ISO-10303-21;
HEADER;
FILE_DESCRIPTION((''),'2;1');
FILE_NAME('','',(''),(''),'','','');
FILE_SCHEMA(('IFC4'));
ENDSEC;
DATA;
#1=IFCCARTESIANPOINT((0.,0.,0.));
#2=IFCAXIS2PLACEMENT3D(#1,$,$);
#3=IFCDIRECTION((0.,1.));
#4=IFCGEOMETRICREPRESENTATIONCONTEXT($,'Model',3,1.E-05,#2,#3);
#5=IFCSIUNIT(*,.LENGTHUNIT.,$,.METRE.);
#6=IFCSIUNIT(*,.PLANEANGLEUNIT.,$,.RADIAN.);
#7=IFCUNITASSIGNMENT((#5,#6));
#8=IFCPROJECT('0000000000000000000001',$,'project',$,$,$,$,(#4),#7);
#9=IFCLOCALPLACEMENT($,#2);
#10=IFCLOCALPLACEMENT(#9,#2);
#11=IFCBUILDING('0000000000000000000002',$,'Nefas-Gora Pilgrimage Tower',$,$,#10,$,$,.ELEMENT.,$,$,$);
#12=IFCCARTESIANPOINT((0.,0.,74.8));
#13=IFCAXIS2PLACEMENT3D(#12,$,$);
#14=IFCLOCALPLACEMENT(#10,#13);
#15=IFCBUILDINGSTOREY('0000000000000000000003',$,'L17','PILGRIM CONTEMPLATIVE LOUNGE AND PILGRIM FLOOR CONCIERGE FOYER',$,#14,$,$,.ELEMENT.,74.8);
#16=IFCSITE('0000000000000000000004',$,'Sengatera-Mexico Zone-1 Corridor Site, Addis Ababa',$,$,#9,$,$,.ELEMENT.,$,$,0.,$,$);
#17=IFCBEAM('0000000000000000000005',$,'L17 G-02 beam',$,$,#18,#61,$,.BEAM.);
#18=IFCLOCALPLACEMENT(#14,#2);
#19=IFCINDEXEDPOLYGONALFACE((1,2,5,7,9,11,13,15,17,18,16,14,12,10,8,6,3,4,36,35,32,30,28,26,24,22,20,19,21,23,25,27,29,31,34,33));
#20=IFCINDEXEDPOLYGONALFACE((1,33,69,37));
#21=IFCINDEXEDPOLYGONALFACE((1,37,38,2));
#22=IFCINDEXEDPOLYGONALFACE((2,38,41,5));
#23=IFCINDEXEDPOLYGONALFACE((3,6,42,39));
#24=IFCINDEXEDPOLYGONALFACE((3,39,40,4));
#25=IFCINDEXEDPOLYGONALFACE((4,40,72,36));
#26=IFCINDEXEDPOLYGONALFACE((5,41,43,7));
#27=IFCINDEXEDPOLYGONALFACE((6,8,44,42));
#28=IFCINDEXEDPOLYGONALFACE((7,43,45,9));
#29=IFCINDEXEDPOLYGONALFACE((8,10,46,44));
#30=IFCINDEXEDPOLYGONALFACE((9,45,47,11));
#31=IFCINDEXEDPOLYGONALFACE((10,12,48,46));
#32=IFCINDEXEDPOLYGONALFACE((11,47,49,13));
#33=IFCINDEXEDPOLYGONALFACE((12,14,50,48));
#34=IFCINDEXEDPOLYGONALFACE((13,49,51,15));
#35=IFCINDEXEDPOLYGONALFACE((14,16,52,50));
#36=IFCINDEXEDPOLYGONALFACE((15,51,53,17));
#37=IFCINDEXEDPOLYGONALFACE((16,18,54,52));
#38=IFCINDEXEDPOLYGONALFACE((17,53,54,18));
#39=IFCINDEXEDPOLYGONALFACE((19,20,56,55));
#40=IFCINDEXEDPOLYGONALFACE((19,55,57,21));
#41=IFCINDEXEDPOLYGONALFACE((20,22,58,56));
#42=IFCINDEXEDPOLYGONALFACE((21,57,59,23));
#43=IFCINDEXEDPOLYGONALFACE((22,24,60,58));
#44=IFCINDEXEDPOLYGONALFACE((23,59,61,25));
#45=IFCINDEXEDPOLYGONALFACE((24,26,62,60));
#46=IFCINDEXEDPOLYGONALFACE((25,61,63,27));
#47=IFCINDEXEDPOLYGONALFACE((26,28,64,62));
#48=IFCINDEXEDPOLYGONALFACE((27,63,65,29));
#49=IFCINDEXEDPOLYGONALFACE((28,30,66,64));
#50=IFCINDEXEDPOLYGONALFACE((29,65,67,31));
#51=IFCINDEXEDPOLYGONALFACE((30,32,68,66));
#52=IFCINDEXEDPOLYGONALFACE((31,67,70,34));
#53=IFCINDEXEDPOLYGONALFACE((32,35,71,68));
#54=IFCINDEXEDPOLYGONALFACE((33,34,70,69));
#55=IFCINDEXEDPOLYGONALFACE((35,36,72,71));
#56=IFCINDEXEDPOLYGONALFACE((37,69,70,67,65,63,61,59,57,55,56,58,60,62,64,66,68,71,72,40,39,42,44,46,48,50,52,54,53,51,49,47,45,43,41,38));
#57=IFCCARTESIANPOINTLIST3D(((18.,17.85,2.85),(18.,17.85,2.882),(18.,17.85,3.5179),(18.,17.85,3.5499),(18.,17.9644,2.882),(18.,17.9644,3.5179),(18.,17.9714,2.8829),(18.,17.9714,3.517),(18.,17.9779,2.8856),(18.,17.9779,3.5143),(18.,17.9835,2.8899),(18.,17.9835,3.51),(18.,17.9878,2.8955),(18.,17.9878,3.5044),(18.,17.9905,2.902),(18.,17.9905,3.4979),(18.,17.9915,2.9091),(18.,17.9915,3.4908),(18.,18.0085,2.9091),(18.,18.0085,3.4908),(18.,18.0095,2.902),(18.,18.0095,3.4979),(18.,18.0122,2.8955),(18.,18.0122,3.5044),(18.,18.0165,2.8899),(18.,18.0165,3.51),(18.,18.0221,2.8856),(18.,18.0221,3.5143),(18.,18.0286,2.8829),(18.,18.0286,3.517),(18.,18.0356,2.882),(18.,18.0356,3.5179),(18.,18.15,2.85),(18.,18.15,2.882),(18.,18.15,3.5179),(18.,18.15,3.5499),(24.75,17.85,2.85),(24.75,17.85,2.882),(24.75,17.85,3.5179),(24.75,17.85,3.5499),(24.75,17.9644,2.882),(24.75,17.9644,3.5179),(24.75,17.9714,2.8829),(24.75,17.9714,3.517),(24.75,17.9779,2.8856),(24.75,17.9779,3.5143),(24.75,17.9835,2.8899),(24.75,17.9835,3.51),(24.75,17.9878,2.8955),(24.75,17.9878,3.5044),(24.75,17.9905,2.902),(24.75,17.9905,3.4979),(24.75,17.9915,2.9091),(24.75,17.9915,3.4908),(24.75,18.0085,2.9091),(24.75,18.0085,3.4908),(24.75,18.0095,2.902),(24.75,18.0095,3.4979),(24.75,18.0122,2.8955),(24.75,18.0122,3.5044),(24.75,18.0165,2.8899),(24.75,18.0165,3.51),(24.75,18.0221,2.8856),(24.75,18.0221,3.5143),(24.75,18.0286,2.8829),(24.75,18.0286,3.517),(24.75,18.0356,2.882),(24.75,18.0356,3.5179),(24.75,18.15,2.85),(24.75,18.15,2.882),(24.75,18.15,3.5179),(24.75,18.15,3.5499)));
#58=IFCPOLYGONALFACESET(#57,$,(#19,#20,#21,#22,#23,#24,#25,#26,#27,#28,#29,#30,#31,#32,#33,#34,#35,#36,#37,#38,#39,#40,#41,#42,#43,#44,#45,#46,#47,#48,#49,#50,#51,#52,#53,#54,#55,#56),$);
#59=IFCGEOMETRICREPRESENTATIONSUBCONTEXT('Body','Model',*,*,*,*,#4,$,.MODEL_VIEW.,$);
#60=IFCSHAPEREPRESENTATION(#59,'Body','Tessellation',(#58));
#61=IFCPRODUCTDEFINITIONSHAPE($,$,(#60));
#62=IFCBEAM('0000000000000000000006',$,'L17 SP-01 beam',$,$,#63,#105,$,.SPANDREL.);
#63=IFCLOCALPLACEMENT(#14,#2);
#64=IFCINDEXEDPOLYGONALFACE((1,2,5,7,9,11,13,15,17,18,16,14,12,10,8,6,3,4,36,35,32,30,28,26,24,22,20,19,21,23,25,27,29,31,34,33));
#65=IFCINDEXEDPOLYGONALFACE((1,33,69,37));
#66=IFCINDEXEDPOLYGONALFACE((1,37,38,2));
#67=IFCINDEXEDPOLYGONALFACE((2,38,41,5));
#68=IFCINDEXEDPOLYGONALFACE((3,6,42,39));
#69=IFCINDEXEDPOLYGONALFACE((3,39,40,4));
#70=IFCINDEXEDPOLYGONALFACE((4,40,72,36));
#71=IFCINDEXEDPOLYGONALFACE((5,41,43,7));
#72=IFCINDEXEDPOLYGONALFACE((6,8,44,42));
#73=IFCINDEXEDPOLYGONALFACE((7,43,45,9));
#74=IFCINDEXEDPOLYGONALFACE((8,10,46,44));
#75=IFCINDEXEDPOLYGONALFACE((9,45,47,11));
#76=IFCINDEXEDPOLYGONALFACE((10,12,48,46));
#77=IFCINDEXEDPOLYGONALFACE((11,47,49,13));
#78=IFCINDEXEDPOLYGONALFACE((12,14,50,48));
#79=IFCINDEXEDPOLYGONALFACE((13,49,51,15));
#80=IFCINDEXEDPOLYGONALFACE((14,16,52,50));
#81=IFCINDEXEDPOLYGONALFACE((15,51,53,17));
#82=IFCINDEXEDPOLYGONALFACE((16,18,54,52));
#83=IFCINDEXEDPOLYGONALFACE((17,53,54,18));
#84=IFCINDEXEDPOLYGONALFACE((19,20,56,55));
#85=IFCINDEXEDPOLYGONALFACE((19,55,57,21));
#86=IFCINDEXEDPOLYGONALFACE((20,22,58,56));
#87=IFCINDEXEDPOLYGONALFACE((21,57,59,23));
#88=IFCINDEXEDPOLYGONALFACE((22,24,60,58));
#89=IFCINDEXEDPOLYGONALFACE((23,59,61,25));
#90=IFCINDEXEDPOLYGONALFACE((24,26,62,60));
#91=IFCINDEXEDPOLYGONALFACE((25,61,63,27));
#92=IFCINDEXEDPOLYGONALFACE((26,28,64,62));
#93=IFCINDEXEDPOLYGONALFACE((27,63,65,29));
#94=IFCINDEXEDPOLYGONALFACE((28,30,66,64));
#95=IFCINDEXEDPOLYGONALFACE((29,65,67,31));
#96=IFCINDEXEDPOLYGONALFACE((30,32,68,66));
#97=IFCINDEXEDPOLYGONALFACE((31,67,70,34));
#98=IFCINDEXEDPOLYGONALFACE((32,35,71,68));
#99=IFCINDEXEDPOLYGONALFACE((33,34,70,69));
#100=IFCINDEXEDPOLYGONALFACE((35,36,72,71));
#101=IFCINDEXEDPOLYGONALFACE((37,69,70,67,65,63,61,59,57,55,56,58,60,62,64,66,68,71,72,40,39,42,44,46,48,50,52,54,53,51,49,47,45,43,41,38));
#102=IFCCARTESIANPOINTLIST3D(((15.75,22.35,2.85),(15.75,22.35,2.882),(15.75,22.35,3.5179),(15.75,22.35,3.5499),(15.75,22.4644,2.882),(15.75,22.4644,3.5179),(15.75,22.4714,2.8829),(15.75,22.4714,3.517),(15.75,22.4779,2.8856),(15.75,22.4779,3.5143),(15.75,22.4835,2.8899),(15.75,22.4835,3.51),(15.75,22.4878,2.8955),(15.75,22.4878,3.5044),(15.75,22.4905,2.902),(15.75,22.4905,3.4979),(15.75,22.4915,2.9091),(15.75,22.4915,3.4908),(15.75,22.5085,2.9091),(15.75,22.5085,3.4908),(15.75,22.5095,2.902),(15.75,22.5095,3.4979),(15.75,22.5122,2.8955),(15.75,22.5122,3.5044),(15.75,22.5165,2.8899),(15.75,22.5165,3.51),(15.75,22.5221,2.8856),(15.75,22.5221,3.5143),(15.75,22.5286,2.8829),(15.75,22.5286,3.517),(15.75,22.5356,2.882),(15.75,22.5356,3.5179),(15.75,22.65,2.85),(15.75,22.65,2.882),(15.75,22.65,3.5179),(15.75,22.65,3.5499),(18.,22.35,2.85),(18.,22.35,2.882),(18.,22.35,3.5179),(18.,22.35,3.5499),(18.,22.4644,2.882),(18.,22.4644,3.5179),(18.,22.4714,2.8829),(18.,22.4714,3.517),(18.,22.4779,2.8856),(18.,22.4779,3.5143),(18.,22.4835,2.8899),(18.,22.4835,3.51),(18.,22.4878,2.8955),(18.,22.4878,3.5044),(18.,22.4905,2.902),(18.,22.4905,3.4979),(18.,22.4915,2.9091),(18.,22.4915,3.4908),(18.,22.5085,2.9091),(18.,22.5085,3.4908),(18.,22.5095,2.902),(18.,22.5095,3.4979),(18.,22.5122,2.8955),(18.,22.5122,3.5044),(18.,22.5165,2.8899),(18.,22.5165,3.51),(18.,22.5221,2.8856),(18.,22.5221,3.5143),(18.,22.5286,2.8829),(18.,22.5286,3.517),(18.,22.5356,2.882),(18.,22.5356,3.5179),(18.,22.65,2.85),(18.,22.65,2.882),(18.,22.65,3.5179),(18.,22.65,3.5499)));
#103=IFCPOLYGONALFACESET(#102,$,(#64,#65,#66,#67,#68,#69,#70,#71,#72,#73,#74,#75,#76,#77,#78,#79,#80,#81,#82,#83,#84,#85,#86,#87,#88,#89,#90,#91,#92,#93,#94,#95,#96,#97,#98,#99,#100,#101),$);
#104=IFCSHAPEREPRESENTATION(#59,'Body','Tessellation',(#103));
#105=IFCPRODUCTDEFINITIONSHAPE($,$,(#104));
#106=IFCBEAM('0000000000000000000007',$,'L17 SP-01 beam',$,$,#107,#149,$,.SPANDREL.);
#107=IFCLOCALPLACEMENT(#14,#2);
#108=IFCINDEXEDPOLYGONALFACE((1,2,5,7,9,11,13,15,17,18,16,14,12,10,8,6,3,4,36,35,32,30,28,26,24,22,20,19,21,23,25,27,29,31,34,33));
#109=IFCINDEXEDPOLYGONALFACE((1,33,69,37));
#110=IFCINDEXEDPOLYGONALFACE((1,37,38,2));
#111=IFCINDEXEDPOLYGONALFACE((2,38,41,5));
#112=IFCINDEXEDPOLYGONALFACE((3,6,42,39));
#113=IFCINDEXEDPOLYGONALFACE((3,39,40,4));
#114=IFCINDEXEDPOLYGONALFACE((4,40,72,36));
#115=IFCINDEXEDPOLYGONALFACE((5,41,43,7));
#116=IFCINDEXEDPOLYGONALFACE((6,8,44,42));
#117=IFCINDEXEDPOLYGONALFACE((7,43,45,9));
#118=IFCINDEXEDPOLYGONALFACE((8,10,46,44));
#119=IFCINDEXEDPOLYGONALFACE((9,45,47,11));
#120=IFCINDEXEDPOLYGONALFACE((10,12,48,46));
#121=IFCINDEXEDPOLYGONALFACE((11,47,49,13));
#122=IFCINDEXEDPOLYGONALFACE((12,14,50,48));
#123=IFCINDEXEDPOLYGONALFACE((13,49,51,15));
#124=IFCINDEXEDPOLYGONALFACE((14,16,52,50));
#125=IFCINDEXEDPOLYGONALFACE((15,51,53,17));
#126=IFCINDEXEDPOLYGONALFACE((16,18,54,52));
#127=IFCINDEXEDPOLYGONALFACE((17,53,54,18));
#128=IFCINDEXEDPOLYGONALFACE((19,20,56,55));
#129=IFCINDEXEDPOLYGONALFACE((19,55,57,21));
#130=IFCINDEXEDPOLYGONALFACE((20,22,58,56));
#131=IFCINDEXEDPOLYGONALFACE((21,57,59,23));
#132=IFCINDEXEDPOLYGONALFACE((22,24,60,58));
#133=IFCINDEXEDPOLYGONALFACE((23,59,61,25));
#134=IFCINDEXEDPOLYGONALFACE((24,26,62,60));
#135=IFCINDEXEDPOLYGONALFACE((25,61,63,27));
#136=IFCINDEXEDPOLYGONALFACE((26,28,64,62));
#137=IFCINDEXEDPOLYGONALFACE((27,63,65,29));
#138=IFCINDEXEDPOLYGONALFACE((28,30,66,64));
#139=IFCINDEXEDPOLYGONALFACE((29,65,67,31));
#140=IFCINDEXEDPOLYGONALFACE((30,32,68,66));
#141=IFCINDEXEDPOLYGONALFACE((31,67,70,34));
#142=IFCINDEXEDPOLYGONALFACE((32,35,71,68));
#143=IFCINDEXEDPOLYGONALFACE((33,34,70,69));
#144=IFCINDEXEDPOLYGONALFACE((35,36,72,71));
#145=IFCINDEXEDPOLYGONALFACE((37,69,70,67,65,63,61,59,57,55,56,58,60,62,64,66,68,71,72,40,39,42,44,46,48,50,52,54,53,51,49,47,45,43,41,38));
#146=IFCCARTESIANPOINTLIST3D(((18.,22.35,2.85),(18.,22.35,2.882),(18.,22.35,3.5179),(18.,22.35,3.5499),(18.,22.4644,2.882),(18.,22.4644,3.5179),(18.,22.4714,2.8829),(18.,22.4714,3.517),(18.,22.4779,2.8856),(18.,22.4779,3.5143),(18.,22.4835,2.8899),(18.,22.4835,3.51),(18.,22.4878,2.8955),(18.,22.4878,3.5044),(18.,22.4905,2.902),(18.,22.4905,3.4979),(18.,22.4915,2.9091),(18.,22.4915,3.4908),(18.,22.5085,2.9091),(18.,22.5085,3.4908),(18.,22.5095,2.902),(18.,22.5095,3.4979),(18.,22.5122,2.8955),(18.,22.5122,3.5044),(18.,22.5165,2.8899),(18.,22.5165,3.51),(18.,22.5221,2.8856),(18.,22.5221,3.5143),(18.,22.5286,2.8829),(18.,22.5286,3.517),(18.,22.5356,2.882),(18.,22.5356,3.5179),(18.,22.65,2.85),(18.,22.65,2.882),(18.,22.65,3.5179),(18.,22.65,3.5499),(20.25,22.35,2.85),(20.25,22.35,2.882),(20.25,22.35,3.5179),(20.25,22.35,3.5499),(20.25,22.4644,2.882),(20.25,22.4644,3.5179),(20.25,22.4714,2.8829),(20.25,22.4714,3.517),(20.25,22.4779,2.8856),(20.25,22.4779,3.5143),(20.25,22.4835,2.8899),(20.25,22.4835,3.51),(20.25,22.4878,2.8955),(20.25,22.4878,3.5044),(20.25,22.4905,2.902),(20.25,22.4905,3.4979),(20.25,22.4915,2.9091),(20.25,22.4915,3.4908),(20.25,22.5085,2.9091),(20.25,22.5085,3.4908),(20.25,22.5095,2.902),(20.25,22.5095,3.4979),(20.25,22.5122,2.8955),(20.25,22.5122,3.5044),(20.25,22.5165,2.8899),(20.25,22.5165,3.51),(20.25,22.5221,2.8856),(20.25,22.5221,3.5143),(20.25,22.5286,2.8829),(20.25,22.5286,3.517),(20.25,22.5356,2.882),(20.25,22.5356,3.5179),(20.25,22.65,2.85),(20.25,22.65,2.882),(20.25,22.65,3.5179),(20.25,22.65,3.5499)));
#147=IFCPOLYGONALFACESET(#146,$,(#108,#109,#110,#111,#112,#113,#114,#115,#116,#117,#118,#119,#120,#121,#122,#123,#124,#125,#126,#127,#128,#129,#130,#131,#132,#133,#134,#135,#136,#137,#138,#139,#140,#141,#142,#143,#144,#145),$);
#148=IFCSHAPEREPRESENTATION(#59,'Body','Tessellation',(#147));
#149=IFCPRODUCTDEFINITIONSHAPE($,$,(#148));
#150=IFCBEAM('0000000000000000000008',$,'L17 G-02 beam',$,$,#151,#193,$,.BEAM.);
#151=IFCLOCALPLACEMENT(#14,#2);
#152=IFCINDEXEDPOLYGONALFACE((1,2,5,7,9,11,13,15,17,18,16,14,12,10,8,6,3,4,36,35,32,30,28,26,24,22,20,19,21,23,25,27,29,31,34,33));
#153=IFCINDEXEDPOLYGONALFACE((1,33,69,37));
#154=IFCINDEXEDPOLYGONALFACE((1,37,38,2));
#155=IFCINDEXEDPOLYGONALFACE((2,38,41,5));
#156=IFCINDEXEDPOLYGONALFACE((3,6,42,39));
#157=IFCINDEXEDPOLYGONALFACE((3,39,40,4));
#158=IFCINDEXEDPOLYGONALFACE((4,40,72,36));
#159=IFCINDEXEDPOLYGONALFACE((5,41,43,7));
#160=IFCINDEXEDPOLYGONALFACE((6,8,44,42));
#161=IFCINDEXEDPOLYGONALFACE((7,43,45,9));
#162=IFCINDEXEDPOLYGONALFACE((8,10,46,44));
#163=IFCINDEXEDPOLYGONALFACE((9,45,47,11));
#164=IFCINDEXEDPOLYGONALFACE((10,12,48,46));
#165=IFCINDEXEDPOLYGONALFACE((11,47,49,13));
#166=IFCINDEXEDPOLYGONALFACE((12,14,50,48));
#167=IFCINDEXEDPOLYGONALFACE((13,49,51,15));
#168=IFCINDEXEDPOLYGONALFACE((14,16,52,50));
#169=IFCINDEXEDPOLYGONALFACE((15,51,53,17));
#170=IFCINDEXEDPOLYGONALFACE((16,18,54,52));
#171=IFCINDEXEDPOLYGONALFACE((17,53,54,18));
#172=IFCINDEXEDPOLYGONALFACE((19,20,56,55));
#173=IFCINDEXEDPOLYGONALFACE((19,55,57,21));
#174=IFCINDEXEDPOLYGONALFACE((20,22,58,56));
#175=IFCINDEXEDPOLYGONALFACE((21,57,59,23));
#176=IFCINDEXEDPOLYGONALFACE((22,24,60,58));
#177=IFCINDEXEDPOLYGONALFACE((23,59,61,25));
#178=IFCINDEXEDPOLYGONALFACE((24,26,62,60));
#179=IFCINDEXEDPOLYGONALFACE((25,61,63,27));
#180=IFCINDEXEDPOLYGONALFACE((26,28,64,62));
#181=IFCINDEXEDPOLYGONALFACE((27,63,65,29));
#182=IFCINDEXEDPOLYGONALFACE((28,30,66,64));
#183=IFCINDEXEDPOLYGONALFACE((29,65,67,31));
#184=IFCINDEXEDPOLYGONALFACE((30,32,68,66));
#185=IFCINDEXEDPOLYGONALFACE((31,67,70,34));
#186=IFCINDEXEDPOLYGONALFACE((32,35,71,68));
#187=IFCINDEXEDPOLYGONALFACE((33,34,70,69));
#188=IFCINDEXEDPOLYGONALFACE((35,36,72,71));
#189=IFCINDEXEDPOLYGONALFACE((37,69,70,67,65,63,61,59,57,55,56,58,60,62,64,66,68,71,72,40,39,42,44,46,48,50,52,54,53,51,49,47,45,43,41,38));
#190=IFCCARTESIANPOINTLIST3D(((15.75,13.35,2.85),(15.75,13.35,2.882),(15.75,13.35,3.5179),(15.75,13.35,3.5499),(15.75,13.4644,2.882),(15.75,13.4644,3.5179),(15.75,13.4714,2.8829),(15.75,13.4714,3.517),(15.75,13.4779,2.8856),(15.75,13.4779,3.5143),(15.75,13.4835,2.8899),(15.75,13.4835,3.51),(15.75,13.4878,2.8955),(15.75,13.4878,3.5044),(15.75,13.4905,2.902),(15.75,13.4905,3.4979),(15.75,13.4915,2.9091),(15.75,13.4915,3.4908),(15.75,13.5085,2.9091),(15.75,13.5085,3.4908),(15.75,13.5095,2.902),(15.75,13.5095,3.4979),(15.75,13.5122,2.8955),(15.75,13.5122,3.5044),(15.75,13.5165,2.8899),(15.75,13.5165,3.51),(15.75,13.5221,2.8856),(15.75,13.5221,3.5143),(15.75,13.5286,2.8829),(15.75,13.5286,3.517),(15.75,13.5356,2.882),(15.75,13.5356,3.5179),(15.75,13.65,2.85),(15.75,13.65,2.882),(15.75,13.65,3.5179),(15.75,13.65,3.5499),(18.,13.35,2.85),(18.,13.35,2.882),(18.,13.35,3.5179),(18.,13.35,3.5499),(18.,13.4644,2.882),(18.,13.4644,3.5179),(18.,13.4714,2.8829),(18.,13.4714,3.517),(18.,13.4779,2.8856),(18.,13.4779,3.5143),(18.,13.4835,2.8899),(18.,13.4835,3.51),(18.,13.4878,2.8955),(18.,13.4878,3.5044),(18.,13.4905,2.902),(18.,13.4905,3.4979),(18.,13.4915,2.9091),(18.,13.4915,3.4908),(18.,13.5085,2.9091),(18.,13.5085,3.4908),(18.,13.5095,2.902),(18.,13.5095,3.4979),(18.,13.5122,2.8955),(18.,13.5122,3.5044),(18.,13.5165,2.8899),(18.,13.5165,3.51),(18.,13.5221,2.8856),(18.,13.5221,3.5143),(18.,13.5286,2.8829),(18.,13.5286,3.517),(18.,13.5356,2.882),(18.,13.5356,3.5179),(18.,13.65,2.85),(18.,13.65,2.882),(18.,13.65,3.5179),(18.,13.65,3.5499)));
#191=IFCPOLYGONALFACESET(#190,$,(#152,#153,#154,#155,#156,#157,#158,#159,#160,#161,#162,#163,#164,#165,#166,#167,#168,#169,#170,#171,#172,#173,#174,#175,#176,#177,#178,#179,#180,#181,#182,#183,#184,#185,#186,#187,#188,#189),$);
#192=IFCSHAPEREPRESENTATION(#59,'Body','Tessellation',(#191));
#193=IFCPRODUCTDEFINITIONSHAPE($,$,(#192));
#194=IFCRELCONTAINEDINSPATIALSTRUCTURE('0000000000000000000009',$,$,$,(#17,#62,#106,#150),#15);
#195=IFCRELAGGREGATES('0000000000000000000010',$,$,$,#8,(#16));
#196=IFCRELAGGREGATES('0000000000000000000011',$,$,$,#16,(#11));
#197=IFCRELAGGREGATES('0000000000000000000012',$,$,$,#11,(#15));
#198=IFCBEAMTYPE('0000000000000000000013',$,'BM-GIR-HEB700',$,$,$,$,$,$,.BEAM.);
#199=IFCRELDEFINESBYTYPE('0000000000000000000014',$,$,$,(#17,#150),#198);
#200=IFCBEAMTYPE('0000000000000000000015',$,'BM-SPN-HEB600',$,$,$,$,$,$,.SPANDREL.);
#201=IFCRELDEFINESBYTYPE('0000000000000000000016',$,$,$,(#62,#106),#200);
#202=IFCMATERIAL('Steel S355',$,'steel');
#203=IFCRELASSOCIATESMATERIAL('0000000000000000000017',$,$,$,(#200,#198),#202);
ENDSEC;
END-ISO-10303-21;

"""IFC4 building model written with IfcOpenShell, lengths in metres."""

from ifc_helpers import new_model, si_unit, direction, frame, origin, origin_2d, place, context, subcontext, project, spatial, i_section, extrude, source, transform, mapped, material, material_profile, profile_set, type_object, element, save


model = new_model("IFC4")

# Units and contexts
model_context = context("Model", 3, precision=1e-05, world=origin(), true_north=direction((0.0, 1.0)))
body_context = subcontext(model_context, "Body", "Model", "MODEL_VIEW")
ifc_project = project(units=[si_unit("LENGTHUNIT", "METRE"), si_unit("PLANEANGLEUNIT", "RADIAN")], contexts=[model_context])

# Site, building, storey
site_placement = place(None, origin())
site = spatial("IfcSite", under=ifc_project, at=site_placement, Name="Sengatera-Mexico Zone-1 Corridor Site, Addis Ababa", CompositionType="ELEMENT", RefElevation=0.0)
building_placement = place(site_placement, origin())
building = spatial("IfcBuilding", under=site, at=building_placement, Name="Nefas-Gora Pilgrimage Tower", CompositionType="ELEMENT")
storey_placement = place(building_placement, frame((0.0, 0.0, 74.8)))
storey = spatial("IfcBuildingStorey", under=building, at=storey_placement, Name="L17", Description="PILGRIM CONTEMPLATIVE LOUNGE AND PILGRIM FLOOR CONCIERGE FOYER", CompositionType="ELEMENT", Elevation=74.8)

# Beams
ifc_material_1 = material(Name="Steel S355", Category="steel")
ifc_material_profile_1 = material_profile(ifc_material_1, i_section(OverallWidth=0.3, OverallDepth=0.7, WebThickness=0.0171, FlangeThickness=0.032, FilletRadius=0.0271, at=origin_2d()), Name="HEB 700")
ifc_profile_set_1 = profile_set([ifc_material_profile_1], Name="Steel S355")
beam_type_1 = type_object("IfcBeamType", Name="BM-SPN-HEB600", PredefinedType="SPANDREL", material=ifc_profile_set_1)
ifc_material_profile_2 = material_profile(ifc_material_1, i_section(OverallWidth=0.3, OverallDepth=0.7, WebThickness=0.0171, FlangeThickness=0.032, FilletRadius=0.0271, at=origin_2d()), Name="HEB 700")
ifc_profile_set_2 = profile_set([ifc_material_profile_2], Name="Steel S355")
beam_type_2 = type_object("IfcBeamType", Name="BM-GIR-HEB700", PredefinedType="BEAM", material=ifc_profile_set_2)
shared_shape_1 = source(origin(), body_context, "Body", "SweptSolid", [
    extrude(i_section(OverallWidth=0.3, OverallDepth=0.7, WebThickness=0.0171, FlangeThickness=0.032, FilletRadius=0.0271, at=origin_2d()), origin(), (0.0, 0.0, 1.0), 6.75),
])
for number, where, z_axis, x_axis, name in (
    (1, (18.0, 18.0, 3.2), (1.0, 0.0, 0.0), (0.0, 1.0, 0.0), "L17 G-02 beam"),
):
    element("IfcBeam", number, at=place(storey_placement, frame(where, z_axis=z_axis, x_axis=x_axis)), inside=storey, type_object=beam_type_2, Name=name, PredefinedType="BEAM", context=body_context, shape_type="MappedRepresentation", body=[
        mapped(shared_shape_1, transform((0.0, 0.0, 0.0), x_axis=(1.0, 0.0, 0.0), y_axis=(0.0, 1.0, 0.0), z_axis=(0.0, 0.0, 1.0), scale=1.0)),
    ])
shared_shape_2 = source(origin(), body_context, "Body", "SweptSolid", [
    extrude(i_section(OverallWidth=0.3, OverallDepth=0.7, WebThickness=0.0171, FlangeThickness=0.032, FilletRadius=0.0271, at=origin_2d()), origin(), (0.0, 0.0, 1.0), 2.25),
])
for number, where, z_axis, x_axis, name in (
    (2, (15.75, 22.5, 3.2), (1.0, 0.0, 0.0), (0.0, 1.0, 0.0), "L17 SP-01 beam"),
    (3, (18.0, 22.5, 3.2), (1.0, 0.0, 0.0), (0.0, 1.0, 0.0), "L17 SP-01 beam"),
):
    element("IfcBeam", number, at=place(storey_placement, frame(where, z_axis=z_axis, x_axis=x_axis)), inside=storey, type_object=beam_type_1, Name=name, PredefinedType="SPANDREL", context=body_context, shape_type="MappedRepresentation", body=[
        mapped(shared_shape_2, transform((0.0, 0.0, 0.0), x_axis=(1.0, 0.0, 0.0), y_axis=(0.0, 1.0, 0.0), z_axis=(0.0, 0.0, 1.0), scale=1.0)),
    ])
shared_shape_3 = source(origin(), body_context, "Body", "SweptSolid", [
    extrude(i_section(OverallWidth=0.3, OverallDepth=0.7, WebThickness=0.0171, FlangeThickness=0.032, FilletRadius=0.0271, at=origin_2d()), origin(), (0.0, 0.0, 1.0), 2.25),
])
beam_1_placement = place(storey_placement, frame((15.75, 13.5, 3.2), z_axis=(1.0, 0.0, 0.0), x_axis=(0.0, 1.0, 0.0)))
element("IfcBeam", 4, at=beam_1_placement, inside=storey, type_object=beam_type_2, Name="L17 G-02 beam", PredefinedType="BEAM", context=body_context, shape_type="MappedRepresentation", body=[
    mapped(shared_shape_3, transform((0.0, 0.0, 0.0), x_axis=(1.0, 0.0, 0.0), y_axis=(0.0, 1.0, 0.0), z_axis=(0.0, 0.0, 1.0), scale=1.0)),
])

save(model, "model.ifc")
